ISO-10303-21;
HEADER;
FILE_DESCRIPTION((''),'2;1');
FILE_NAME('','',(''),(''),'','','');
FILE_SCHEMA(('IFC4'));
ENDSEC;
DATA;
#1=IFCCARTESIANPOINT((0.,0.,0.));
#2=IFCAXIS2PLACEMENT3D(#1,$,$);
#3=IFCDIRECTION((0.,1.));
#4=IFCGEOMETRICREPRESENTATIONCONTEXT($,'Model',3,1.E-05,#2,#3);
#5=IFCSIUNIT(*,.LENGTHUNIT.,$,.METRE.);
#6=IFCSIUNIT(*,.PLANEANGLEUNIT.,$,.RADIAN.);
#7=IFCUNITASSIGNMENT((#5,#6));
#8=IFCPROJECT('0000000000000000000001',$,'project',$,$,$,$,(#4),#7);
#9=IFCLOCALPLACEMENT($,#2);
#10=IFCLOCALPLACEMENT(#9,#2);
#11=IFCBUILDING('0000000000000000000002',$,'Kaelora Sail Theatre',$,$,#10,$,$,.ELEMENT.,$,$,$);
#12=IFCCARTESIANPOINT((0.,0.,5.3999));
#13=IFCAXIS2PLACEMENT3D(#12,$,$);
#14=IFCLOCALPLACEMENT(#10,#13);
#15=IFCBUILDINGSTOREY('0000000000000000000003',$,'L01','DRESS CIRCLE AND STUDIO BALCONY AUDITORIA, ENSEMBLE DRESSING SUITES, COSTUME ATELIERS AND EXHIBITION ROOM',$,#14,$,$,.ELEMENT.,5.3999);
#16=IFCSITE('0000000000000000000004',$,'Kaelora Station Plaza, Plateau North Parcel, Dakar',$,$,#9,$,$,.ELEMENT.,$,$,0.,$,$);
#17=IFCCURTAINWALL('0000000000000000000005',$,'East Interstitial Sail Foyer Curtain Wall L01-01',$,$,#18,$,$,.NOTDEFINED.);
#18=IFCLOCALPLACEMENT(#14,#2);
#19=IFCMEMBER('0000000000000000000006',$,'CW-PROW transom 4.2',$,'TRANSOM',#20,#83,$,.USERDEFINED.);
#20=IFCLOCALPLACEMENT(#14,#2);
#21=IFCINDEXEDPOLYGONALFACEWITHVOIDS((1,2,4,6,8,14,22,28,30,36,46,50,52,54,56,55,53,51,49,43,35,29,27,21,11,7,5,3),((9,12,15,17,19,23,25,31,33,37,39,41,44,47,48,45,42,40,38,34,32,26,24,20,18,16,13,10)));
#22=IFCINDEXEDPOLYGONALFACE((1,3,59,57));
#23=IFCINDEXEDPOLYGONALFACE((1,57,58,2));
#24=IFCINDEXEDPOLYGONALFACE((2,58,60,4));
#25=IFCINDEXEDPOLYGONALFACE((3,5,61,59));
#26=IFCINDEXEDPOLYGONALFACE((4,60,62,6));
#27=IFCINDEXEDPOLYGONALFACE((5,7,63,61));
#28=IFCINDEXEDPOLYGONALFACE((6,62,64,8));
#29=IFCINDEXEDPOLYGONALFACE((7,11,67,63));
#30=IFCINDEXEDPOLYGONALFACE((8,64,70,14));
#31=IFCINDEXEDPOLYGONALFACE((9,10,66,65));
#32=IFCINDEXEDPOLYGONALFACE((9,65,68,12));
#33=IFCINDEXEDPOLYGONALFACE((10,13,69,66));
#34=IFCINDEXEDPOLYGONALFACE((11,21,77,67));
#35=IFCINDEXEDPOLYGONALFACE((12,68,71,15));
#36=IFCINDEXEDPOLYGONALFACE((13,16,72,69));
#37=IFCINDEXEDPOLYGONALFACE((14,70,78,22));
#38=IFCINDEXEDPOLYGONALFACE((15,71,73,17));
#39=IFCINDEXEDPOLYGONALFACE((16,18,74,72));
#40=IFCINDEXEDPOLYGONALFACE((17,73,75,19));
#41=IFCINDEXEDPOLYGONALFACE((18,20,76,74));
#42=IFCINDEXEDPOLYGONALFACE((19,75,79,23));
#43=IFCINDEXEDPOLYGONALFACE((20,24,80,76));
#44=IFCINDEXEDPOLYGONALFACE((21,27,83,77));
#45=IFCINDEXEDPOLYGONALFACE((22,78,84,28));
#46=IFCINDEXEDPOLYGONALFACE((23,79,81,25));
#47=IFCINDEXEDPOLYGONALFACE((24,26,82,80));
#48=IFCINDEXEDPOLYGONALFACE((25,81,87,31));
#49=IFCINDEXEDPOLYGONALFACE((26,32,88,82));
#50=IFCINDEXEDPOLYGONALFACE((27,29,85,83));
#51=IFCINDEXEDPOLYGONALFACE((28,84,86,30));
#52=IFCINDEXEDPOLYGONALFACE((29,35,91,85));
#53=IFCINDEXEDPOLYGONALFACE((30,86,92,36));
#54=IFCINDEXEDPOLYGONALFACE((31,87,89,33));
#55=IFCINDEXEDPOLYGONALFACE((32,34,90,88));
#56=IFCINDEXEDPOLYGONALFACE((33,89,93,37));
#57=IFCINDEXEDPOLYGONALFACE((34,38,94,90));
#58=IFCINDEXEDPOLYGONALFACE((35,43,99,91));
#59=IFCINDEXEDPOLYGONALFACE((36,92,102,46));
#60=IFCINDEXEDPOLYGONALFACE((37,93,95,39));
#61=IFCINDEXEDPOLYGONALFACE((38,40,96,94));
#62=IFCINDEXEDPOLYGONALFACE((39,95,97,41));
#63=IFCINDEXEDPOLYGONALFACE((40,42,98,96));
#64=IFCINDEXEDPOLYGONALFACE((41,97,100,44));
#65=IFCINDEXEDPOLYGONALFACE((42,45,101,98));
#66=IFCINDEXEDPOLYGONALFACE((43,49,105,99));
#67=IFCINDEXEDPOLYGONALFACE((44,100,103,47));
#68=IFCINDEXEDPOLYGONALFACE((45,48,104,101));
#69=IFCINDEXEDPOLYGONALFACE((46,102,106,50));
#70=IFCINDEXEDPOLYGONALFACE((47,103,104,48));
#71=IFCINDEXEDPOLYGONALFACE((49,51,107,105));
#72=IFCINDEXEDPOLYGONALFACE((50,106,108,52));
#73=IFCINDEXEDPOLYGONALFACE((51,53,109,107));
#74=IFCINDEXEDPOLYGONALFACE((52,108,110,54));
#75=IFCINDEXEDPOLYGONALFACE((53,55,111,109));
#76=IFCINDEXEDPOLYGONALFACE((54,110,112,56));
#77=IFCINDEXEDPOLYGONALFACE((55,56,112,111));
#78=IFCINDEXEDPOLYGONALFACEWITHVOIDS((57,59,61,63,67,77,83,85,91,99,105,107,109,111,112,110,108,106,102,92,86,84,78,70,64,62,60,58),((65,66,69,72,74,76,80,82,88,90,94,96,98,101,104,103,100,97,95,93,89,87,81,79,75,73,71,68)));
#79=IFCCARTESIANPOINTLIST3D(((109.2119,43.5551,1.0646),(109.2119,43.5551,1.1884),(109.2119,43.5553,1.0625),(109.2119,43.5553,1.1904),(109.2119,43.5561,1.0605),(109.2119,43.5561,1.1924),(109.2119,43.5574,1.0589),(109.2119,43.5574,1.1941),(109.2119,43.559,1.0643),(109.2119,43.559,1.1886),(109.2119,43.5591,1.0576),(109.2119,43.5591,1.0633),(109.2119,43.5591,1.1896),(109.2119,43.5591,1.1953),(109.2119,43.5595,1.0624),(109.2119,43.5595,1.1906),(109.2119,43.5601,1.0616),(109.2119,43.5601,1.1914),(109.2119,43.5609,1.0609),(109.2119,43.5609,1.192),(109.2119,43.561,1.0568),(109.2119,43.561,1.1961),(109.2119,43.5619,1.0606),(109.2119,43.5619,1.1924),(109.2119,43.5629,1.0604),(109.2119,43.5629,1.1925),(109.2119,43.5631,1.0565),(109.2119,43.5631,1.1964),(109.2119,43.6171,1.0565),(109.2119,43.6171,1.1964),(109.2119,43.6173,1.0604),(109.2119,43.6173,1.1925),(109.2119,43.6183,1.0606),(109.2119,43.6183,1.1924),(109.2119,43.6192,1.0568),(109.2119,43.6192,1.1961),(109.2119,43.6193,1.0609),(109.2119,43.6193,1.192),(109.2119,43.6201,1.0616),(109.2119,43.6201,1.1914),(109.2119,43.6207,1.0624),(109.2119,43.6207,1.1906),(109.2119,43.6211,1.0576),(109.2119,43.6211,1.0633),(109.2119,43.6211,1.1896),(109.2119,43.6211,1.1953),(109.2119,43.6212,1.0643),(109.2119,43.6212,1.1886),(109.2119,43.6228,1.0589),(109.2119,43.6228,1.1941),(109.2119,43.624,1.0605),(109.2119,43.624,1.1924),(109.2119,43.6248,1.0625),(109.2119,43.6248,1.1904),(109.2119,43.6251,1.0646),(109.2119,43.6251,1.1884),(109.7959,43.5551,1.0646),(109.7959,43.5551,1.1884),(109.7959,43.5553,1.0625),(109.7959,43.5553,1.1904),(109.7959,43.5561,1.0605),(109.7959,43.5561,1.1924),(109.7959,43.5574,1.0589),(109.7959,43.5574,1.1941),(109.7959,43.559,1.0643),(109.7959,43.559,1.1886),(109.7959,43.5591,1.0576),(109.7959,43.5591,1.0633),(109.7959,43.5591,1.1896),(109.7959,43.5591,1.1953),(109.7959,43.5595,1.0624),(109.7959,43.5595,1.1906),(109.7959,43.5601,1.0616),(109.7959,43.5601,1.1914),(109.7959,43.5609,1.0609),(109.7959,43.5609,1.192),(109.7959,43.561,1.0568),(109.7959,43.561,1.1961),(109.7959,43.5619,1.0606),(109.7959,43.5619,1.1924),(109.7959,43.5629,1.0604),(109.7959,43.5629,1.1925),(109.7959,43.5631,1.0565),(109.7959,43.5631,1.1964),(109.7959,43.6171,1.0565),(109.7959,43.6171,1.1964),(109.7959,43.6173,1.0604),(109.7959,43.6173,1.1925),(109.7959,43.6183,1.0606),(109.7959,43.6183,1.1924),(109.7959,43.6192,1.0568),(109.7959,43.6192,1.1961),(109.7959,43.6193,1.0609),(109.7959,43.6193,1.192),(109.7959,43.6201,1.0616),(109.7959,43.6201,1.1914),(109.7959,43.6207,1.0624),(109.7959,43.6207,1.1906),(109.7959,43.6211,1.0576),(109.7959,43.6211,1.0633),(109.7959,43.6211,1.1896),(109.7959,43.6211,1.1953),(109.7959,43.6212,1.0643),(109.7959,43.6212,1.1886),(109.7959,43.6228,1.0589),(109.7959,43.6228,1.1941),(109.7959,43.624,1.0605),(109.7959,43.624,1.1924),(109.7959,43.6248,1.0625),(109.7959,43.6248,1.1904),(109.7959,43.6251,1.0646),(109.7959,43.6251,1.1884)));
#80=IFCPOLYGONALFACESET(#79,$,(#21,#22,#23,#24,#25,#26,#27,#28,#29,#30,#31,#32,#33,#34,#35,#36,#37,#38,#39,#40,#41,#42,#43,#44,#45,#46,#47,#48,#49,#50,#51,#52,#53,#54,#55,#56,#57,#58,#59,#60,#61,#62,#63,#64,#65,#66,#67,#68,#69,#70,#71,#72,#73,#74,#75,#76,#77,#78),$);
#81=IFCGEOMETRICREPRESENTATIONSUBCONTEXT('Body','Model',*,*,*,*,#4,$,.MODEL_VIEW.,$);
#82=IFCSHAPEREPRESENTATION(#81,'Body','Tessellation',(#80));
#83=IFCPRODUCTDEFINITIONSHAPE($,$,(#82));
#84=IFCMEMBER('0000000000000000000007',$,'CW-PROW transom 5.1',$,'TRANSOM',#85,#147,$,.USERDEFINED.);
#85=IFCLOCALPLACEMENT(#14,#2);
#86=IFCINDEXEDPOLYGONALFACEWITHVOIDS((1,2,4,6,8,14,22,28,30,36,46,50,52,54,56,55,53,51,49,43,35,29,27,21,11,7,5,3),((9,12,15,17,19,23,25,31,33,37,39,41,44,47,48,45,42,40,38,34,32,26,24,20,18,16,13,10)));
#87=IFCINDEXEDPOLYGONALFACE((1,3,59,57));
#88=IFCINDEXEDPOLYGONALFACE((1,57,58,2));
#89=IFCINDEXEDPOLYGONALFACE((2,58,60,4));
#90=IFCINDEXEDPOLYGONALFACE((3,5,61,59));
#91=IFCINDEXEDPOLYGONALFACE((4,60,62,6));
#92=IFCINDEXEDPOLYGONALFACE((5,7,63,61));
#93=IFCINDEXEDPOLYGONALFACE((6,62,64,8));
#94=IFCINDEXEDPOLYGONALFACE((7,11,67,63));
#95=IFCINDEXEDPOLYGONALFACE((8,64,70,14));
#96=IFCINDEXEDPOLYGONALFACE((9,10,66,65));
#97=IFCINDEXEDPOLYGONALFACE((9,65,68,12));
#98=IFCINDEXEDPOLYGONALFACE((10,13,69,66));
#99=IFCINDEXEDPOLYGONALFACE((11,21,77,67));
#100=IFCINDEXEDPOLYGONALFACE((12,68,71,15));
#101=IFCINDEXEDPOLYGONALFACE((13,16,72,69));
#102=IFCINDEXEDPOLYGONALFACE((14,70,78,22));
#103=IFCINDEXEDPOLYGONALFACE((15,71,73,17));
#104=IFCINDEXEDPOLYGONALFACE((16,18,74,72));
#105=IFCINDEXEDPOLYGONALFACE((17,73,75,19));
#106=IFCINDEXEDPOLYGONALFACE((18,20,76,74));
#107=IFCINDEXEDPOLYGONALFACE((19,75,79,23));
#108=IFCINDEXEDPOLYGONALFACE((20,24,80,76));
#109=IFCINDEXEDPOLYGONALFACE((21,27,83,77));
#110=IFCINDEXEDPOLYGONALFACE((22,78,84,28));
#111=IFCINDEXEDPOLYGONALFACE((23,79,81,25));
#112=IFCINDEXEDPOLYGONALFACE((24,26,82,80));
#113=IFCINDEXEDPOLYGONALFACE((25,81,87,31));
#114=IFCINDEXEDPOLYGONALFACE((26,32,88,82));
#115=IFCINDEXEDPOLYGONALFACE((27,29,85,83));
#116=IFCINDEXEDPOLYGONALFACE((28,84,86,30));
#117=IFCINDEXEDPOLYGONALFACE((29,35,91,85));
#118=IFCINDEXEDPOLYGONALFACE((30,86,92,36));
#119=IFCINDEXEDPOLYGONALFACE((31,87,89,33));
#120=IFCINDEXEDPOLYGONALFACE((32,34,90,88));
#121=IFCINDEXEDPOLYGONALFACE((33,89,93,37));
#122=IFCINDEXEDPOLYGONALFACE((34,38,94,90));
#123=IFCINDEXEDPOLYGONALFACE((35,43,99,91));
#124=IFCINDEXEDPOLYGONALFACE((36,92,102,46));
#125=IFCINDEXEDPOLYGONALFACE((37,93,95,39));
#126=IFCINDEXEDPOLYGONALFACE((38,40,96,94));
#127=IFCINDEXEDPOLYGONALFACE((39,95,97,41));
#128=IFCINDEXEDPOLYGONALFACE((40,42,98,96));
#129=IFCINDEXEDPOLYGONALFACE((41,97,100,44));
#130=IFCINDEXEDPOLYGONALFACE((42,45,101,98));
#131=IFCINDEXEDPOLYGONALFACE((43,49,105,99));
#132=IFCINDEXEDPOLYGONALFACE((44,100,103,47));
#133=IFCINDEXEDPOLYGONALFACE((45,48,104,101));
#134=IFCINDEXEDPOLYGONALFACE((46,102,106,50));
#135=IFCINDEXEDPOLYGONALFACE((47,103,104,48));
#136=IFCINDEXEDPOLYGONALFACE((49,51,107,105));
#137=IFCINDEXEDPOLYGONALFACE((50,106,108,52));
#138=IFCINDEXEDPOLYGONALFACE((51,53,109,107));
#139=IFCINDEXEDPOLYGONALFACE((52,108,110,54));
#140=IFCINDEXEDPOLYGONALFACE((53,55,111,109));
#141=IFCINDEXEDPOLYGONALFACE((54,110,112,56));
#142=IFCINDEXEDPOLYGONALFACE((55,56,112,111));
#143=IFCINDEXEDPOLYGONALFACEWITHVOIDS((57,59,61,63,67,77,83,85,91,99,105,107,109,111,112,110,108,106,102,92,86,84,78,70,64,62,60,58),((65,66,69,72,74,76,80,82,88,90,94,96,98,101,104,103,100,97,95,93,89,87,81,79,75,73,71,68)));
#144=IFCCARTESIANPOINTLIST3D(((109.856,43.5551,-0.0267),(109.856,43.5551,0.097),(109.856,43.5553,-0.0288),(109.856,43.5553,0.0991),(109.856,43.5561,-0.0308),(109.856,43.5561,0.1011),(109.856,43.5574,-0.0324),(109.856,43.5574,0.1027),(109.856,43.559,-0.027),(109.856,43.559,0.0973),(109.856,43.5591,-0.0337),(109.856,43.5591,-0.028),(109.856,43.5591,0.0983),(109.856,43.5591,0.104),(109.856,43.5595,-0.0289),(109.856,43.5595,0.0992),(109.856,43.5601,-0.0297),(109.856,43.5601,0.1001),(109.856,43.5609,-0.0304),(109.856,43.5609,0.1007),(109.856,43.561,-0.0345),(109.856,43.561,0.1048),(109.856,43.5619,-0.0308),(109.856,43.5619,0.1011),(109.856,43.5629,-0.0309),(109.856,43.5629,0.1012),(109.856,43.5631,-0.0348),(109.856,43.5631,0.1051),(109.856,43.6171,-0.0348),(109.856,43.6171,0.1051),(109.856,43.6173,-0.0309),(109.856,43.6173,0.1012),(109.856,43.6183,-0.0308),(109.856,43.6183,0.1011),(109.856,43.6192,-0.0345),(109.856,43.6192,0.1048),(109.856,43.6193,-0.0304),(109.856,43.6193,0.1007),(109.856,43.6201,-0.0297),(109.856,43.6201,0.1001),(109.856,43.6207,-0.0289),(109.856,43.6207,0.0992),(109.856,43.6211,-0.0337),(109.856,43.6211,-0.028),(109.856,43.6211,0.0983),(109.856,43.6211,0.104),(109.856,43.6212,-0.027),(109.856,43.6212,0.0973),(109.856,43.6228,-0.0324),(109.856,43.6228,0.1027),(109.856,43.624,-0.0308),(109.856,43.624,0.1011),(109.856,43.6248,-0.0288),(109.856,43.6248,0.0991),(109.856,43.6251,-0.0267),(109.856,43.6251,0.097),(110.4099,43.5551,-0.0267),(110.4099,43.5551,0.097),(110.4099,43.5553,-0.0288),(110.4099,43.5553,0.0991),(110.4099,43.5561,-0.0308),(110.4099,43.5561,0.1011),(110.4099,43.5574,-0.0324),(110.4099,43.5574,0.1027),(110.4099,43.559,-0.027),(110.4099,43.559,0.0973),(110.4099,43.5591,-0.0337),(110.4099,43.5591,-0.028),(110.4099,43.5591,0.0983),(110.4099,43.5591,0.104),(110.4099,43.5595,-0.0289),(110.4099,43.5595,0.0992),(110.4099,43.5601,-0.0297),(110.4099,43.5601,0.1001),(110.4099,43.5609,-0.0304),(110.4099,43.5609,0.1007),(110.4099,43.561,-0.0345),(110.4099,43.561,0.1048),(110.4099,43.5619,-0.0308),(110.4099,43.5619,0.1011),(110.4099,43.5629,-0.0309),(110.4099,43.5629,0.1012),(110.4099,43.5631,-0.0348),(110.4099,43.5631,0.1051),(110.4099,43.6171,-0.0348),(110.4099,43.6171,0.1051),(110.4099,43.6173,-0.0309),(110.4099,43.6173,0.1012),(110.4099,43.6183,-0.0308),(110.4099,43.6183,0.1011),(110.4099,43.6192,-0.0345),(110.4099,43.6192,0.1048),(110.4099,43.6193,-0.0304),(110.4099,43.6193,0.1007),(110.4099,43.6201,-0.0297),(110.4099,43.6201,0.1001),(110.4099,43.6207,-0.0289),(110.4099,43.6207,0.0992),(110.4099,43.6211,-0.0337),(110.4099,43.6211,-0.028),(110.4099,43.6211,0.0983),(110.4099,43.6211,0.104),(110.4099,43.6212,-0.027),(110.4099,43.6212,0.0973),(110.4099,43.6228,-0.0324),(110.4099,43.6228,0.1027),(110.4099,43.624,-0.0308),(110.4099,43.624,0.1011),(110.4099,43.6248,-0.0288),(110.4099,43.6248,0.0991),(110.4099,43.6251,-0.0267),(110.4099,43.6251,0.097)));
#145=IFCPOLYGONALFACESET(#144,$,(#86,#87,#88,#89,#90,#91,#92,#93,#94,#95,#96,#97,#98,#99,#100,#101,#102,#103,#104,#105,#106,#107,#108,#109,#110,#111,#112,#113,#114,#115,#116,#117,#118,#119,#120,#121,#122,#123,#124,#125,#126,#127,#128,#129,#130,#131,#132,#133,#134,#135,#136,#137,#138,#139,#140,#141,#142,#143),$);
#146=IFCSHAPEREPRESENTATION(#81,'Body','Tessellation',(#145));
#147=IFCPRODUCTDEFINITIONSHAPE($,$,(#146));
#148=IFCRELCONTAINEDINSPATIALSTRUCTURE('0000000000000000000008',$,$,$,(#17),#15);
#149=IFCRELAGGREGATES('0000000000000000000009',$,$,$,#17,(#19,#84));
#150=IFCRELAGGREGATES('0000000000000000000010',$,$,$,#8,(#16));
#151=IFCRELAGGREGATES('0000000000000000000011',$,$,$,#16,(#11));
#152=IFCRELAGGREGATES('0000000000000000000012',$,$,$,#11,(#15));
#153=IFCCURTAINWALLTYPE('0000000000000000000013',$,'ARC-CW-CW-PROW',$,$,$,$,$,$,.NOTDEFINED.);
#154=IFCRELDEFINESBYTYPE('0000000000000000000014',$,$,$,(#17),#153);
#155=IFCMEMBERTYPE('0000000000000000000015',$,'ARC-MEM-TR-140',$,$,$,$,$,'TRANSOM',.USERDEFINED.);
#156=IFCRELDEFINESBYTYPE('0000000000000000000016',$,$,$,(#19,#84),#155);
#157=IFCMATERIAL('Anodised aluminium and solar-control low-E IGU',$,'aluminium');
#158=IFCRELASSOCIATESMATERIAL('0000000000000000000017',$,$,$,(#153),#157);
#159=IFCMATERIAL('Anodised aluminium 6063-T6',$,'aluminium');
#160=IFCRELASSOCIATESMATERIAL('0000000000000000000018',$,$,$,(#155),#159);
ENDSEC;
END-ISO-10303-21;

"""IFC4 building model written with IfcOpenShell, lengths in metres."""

from ifc_helpers import new_model, si_unit, direction, frame, origin, origin_2d, place, context, subcontext, project, spatial, hollow_rectangle, extrude, material, material_profile, profile_set, type_object, element, aggregate, save


model = new_model("IFC4")

# Units and contexts
model_context = context("Model", 3, precision=1e-05, world=origin(), true_north=direction((0.0, 1.0)))
body_context = subcontext(model_context, "Body", "Model", "MODEL_VIEW")
ifc_project = project(units=[si_unit("LENGTHUNIT", "METRE"), si_unit("PLANEANGLEUNIT", "RADIAN")], contexts=[model_context])

# Site, building, storey
site_placement = place(None, origin())
site = spatial("IfcSite", under=ifc_project, at=site_placement, Name="Kaelora Station Plaza, Plateau North Parcel, Dakar", CompositionType="ELEMENT", RefElevation=0.0)
building_placement = place(site_placement, origin())
building = spatial("IfcBuilding", under=site, at=building_placement, Name="Kaelora Sail Theatre", CompositionType="ELEMENT")
storey_placement = place(building_placement, frame((0.0, 0.0, 5.3999)))
storey = spatial("IfcBuildingStorey", under=building, at=storey_placement, Name="L01", Description="DRESS CIRCLE AND STUDIO BALCONY AUDITORIA, ENSEMBLE DRESSING SUITES, COSTUME ATELIERS AND EXHIBITION ROOM", CompositionType="ELEMENT", Elevation=5.3999)

# Curtain wall, members
ifc_material_1 = material(Name="Anodised aluminium and solar-control low-E IGU", Category="aluminium")
curtain_wall_type = type_object("IfcCurtainWallType", Name="ARC-CW-CW-PROW", PredefinedType="NOTDEFINED", material=ifc_material_1)
curtain_wall_placement = place(storey_placement, origin())
curtain_wall = element("IfcCurtainWall", 1, at=curtain_wall_placement, inside=storey, type_object=curtain_wall_type, Name="East Interstitial Sail Foyer Curtain Wall L01-01", PredefinedType="NOTDEFINED")
ifc_material_2 = material(Name="Anodised aluminium 6063-T6", Category="aluminium")
ifc_material_profile_1 = material_profile(ifc_material_2, hollow_rectangle(XDim=0.0701, YDim=0.1399, WallThickness=0.0039, InnerFilletRadius=0.0039, OuterFilletRadius=0.0081, at=origin_2d()), Name="ALU-TRAN 70x140x4")
ifc_profile_set_1 = profile_set([ifc_material_profile_1], Name="Anodised aluminium 6063-T6")
member_type_1 = type_object("IfcMemberType", Name="ARC-MEM-TR-140", ElementType="TRANSOM", PredefinedType="USERDEFINED", material=ifc_profile_set_1)
member_1_placement = place(storey_placement, frame((109.2119, 43.5901, 1.1265), z_axis=(1.0, 0.0, 0.0), x_axis=(0.0, 1.0, 0.0)))
member_1 = element("IfcMember", 2, at=member_1_placement, type_object=member_type_1, Name="CW-PROW transom 4.2", ObjectType="TRANSOM", PredefinedType="USERDEFINED", context=body_context, shape_type="SweptSolid", body=[
    extrude(hollow_rectangle(XDim=0.0701, YDim=0.1399, WallThickness=0.0039, InnerFilletRadius=0.0039, OuterFilletRadius=0.0081, at=origin_2d()), origin(), (0.0, 0.0, 1.0), 0.584),
])
member_2_placement = place(storey_placement, frame((109.856, 43.5901, 0.0352), z_axis=(1.0, 0.0, 0.0), x_axis=(0.0, 1.0, 0.0)))
member_2 = element("IfcMember", 3, at=member_2_placement, type_object=member_type_1, Name="CW-PROW transom 5.1", ObjectType="TRANSOM", PredefinedType="USERDEFINED", context=body_context, shape_type="SweptSolid", body=[
    extrude(hollow_rectangle(XDim=0.0701, YDim=0.1399, WallThickness=0.0039, InnerFilletRadius=0.0039, OuterFilletRadius=0.0081, at=origin_2d()), origin(), (0.0, 0.0, 1.0), 0.554),
])

aggregate(curtain_wall, [member_1, member_2])

save(model, "model.ifc")
